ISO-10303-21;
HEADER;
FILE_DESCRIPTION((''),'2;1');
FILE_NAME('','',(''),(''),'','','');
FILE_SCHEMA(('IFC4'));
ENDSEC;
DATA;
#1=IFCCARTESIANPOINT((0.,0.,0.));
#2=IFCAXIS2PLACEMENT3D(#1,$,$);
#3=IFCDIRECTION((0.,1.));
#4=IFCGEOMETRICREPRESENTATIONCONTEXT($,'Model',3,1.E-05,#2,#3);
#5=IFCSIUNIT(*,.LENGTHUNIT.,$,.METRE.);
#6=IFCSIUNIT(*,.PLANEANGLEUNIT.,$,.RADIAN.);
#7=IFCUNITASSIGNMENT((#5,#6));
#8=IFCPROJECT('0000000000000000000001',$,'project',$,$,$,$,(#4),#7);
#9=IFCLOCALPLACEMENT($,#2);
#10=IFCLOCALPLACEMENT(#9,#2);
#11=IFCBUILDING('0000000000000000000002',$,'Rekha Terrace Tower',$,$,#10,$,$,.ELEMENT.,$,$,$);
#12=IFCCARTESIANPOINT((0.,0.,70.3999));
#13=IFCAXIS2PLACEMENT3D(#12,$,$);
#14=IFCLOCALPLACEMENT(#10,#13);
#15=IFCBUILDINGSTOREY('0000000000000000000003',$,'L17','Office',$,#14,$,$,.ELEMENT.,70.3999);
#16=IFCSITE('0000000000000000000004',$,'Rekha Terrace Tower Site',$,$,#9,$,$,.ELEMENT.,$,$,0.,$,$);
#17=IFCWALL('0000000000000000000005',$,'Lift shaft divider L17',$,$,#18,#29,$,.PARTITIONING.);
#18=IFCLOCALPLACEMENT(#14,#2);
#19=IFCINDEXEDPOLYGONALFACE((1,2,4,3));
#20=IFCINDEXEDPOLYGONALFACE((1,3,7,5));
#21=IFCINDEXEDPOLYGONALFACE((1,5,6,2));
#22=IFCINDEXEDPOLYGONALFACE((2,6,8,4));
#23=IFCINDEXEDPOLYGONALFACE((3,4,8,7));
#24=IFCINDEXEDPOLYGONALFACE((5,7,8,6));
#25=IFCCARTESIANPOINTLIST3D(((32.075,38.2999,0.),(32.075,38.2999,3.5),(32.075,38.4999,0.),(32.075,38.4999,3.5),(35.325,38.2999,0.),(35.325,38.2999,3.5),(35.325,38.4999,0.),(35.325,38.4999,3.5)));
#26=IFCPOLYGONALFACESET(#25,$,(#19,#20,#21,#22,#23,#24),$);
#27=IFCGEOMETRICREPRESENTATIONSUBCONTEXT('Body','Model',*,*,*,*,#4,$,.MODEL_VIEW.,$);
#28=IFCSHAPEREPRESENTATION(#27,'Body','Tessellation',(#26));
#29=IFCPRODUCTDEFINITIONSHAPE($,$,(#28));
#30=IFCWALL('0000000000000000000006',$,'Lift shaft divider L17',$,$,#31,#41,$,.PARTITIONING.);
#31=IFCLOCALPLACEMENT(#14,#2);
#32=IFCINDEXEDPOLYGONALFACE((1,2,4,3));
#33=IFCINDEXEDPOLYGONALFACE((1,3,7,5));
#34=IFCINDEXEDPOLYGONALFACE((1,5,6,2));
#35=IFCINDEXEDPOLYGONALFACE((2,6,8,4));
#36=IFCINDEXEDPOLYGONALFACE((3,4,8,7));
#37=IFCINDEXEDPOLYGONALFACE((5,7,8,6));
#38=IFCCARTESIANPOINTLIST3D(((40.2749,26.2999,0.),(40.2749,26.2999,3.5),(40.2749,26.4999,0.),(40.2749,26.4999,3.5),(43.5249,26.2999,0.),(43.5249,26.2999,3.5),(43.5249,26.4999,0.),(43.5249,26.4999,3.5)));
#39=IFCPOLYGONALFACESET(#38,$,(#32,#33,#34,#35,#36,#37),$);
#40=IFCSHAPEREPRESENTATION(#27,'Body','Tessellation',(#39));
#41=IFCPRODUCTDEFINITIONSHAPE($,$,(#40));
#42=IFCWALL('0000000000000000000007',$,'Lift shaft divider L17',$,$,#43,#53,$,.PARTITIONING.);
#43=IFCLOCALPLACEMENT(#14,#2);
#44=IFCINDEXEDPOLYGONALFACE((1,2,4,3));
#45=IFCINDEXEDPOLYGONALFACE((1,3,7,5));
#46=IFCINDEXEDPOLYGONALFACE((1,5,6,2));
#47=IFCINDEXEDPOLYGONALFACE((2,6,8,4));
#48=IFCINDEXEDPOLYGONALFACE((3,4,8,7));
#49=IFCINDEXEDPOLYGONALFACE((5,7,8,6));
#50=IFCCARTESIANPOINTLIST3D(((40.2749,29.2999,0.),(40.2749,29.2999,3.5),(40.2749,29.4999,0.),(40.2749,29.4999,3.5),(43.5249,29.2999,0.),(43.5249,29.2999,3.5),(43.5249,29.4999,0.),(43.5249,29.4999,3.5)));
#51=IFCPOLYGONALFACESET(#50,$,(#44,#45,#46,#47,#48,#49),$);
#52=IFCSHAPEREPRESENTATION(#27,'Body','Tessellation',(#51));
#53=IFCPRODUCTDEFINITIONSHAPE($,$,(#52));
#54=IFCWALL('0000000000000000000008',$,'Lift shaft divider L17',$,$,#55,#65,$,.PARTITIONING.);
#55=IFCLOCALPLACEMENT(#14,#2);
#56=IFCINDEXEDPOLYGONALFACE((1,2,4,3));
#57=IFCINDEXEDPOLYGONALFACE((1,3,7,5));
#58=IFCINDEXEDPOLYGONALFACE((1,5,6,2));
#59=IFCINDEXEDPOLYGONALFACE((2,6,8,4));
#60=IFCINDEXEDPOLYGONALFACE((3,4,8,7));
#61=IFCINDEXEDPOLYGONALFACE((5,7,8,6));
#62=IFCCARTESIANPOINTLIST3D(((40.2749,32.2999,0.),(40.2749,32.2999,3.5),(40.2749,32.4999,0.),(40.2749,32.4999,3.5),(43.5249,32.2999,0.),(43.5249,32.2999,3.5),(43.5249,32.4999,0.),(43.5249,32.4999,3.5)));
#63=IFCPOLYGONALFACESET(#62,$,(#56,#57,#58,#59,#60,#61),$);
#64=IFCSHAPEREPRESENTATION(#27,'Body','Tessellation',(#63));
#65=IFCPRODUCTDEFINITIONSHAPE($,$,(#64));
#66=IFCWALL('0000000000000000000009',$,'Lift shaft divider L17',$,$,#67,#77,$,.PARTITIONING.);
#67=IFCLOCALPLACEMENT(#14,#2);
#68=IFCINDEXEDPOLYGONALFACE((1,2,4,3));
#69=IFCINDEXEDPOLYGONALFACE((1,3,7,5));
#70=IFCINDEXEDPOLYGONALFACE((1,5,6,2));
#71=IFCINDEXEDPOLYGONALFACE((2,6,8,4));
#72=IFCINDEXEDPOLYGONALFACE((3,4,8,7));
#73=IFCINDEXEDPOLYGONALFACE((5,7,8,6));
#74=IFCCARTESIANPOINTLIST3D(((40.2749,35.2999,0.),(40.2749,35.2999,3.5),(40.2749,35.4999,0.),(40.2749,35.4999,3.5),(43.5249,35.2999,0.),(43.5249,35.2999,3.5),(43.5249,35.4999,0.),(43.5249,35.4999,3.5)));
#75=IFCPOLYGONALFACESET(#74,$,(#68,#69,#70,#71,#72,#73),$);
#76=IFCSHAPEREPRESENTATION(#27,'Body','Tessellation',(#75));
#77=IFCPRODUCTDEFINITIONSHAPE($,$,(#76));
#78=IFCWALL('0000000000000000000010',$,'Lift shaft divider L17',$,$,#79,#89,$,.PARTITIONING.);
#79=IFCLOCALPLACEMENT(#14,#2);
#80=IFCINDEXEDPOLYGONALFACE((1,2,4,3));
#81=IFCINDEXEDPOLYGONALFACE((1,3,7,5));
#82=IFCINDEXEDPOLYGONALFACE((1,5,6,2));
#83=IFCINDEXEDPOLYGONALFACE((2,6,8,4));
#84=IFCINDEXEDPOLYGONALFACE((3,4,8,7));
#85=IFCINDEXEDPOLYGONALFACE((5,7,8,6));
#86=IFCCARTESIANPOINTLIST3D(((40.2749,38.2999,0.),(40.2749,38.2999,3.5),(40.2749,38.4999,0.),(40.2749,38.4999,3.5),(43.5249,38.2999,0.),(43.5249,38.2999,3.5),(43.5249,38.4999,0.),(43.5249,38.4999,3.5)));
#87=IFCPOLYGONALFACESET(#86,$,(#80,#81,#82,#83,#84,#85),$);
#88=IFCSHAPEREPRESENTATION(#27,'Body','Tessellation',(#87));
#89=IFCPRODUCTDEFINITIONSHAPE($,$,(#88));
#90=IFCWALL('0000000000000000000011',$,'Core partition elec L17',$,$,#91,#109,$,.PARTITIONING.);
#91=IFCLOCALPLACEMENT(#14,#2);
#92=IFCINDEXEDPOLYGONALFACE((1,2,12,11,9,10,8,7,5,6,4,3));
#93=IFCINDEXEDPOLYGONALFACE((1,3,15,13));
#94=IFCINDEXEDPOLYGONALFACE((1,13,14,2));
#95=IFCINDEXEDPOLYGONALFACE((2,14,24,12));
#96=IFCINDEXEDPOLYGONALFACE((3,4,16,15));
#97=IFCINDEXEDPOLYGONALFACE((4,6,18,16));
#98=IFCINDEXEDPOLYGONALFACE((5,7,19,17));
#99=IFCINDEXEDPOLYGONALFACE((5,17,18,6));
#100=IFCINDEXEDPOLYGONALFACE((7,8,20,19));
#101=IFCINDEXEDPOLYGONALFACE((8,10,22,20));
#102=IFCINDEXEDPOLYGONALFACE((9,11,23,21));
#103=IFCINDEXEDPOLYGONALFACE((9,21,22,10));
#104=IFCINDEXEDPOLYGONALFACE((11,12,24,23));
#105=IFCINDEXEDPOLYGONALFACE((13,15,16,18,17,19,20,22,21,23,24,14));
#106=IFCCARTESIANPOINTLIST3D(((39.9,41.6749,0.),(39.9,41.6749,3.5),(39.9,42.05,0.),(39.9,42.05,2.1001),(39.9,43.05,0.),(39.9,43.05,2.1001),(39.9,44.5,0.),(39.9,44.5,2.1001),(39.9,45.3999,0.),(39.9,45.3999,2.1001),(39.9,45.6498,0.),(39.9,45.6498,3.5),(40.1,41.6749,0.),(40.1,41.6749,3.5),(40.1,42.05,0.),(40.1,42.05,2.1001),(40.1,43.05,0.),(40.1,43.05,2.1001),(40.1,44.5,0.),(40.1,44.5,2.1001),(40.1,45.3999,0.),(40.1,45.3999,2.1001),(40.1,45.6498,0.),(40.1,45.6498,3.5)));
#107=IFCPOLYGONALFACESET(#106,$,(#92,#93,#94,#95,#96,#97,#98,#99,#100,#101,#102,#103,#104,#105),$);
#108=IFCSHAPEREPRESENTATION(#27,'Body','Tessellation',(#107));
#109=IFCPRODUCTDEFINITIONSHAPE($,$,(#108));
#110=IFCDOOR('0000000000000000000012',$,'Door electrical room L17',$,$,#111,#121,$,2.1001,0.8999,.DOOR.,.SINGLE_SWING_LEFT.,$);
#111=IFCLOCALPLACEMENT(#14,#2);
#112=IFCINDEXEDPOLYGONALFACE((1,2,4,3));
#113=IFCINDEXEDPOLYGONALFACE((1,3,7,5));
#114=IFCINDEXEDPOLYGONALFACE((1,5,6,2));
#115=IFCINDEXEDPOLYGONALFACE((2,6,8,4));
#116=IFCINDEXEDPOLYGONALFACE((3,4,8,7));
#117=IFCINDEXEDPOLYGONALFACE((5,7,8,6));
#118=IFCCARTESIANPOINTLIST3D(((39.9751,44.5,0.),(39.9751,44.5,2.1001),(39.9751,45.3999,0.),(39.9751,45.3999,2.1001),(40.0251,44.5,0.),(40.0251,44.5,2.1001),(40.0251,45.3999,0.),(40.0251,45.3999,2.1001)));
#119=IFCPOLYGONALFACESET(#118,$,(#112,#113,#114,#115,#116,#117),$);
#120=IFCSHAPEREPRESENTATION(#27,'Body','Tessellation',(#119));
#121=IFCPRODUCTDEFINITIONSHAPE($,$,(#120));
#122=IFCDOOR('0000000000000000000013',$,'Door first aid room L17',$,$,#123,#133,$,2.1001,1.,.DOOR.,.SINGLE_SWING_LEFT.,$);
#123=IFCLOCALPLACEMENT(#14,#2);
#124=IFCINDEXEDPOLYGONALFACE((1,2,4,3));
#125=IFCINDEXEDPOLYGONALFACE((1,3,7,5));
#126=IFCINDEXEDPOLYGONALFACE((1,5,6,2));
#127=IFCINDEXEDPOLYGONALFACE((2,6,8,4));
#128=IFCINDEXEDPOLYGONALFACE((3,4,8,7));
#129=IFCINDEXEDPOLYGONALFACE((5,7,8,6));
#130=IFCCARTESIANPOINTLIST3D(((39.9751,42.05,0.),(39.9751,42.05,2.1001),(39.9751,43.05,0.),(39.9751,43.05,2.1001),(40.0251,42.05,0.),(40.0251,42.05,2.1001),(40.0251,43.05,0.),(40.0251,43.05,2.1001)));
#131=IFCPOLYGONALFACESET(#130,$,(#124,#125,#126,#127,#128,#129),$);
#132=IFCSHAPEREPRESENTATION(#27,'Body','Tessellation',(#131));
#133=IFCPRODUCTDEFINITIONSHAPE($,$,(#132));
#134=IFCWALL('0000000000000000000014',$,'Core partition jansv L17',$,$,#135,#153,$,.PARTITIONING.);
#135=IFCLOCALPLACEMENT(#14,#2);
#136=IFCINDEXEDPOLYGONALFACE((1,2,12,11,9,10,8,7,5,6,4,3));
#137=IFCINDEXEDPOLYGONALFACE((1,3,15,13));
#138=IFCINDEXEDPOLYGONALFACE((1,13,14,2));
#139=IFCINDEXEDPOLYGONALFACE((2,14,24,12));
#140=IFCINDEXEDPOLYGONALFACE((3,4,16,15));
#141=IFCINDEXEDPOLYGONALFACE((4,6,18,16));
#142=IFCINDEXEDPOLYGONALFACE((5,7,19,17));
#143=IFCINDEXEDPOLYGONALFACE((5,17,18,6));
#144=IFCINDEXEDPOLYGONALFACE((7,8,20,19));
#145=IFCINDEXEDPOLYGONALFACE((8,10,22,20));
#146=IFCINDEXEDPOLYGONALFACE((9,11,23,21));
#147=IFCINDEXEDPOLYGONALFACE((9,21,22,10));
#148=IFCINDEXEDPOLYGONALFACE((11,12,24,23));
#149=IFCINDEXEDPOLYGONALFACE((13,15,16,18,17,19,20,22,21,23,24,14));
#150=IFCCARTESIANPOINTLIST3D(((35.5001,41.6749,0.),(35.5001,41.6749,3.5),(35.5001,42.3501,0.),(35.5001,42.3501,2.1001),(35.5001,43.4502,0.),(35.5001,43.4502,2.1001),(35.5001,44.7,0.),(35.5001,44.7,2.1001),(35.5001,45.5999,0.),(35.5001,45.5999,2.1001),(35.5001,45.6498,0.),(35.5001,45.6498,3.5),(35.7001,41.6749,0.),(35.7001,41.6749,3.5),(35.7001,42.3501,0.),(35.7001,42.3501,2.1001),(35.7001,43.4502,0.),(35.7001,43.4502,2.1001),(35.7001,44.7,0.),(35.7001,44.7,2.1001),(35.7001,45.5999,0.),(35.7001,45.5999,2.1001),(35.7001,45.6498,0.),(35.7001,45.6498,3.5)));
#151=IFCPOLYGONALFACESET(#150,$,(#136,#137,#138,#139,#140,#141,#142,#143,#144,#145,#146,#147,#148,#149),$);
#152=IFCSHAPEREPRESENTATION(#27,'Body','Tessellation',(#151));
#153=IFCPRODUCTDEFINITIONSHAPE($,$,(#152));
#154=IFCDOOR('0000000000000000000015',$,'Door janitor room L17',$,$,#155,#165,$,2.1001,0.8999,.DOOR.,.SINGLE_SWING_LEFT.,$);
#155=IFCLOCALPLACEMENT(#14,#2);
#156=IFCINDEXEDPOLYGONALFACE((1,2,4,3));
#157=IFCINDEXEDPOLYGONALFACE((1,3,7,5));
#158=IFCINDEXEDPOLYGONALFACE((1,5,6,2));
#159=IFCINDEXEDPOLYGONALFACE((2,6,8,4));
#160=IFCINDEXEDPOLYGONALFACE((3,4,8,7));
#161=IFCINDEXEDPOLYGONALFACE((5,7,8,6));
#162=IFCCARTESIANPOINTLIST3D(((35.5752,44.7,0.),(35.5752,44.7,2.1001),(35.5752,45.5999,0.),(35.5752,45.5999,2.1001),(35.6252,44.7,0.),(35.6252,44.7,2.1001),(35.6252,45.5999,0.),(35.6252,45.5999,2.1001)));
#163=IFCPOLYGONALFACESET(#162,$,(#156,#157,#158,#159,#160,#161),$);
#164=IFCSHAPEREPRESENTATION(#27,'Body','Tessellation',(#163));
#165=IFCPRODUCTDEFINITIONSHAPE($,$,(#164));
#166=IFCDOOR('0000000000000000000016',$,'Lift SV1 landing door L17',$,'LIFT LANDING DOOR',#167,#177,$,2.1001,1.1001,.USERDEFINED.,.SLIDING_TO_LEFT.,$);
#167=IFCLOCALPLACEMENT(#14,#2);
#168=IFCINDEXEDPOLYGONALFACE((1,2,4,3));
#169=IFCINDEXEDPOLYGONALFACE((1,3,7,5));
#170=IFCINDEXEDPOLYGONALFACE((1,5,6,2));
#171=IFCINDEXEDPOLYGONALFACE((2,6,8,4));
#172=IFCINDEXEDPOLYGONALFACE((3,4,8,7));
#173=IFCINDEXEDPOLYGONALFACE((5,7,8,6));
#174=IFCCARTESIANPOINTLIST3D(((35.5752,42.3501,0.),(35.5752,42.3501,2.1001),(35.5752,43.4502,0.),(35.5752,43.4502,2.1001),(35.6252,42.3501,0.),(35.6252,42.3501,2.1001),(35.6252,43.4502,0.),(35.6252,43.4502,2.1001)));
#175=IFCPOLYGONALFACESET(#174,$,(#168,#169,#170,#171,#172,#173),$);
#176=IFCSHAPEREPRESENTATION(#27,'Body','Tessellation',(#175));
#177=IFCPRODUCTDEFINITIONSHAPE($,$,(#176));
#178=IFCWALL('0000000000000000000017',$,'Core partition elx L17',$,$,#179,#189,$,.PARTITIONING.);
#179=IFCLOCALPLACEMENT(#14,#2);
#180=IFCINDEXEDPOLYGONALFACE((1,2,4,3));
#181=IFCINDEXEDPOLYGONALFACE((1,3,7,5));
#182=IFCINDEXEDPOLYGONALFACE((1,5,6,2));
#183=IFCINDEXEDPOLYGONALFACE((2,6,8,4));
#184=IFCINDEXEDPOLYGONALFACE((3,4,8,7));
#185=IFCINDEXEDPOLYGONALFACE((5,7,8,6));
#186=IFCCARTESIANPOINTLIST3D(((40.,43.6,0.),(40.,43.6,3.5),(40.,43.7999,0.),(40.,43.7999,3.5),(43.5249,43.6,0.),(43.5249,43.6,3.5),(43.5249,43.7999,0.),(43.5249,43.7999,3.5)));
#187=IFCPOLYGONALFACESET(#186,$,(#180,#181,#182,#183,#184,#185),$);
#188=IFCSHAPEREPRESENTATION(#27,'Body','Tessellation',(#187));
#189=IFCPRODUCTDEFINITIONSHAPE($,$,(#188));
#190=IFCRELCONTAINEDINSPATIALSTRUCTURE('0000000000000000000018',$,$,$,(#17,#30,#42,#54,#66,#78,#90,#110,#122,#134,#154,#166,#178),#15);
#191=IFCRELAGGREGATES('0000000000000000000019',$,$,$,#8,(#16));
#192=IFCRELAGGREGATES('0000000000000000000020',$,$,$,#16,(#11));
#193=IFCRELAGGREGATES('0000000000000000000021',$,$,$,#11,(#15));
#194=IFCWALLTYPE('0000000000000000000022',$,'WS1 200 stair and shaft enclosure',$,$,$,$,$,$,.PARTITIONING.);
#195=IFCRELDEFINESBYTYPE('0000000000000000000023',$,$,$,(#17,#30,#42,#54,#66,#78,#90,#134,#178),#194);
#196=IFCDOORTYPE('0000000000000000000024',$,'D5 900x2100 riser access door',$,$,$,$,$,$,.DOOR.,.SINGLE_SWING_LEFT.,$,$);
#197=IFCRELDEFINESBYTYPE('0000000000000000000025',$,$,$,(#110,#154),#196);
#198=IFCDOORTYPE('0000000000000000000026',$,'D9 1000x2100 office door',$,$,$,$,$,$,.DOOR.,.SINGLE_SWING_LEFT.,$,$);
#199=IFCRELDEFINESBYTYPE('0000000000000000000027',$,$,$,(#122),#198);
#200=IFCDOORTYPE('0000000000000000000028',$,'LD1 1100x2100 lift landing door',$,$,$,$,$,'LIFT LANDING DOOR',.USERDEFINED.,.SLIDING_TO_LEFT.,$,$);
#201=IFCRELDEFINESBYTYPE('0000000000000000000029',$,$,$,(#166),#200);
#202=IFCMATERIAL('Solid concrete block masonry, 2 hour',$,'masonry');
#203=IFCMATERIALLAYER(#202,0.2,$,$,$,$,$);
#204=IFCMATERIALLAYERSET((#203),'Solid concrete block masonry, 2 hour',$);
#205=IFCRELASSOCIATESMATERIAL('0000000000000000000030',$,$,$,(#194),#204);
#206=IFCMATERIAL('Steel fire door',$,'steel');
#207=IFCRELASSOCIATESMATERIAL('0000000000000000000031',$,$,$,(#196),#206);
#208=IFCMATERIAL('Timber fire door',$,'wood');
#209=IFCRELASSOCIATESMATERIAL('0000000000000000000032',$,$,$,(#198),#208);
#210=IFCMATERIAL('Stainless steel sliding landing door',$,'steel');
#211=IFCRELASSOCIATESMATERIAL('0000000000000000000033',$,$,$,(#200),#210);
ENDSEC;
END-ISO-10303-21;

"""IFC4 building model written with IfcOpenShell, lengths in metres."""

from ifc_helpers import new_model, si_unit, direction, frame, frame_2d, origin, place, context, subcontext, project, spatial, rectangle, extrude, material, layer, layer_set, type_object, element, fill, save


model = new_model("IFC4")

# Units and contexts
model_context = context("Model", 3, precision=1e-05, world=origin(), true_north=direction((0.0, 1.0)))
body_context = subcontext(model_context, "Body", "Model", "MODEL_VIEW")
ifc_project = project(units=[si_unit("LENGTHUNIT", "METRE"), si_unit("PLANEANGLEUNIT", "RADIAN")], contexts=[model_context])

# Site, building, storey
site_placement = place(None, origin())
site = spatial("IfcSite", under=ifc_project, at=site_placement, Name="Rekha Terrace Tower Site", CompositionType="ELEMENT", RefElevation=0.0)
building_placement = place(site_placement, origin())
building = spatial("IfcBuilding", under=site, at=building_placement, Name="Rekha Terrace Tower", CompositionType="ELEMENT")
storey_placement = place(building_placement, frame((0.0, 0.0, 70.3999)))
storey = spatial("IfcBuildingStorey", under=building, at=storey_placement, Name="L17", Description="Office", CompositionType="ELEMENT", Elevation=70.3999)

# Shared definitions
ifc_material_1 = material(Name="Stainless steel sliding landing door", Category="steel")
ifc_material_2 = material(Name="Steel fire door", Category="steel")

# Walls
ifc_material_3 = material(Name="Solid concrete block masonry, 2 hour", Category="masonry")
ifc_layer_1 = layer(ifc_material_3, 0.2)
ifc_layer_set_1 = layer_set([ifc_layer_1], Name="Solid concrete block masonry, 2 hour")
wall_type_1 = type_object("IfcWallType", Name="WS1 200 stair and shaft enclosure", PredefinedType="PARTITIONING", material=ifc_layer_set_1)
for number, where, z_axis, x_axis, name in (
    (1, (32.075, 38.3999, 0.0), (0.0, 0.0, 1.0), (1.0, 0.0, 0.0), "Lift shaft divider L17"),
    (2, (40.2749, 26.3999, 0.0), (0.0, 0.0, 1.0), (1.0, 0.0, 0.0), "Lift shaft divider L17"),
    (3, (40.2749, 29.3999, 0.0), (0.0, 0.0, 1.0), (1.0, 0.0, 0.0), "Lift shaft divider L17"),
    (4, (40.2749, 32.3999, 0.0), (0.0, 0.0, 1.0), (1.0, 0.0, 0.0), "Lift shaft divider L17"),
    (5, (40.2749, 35.3999, 0.0), (0.0, 0.0, 1.0), (1.0, 0.0, 0.0), "Lift shaft divider L17"),
    (6, (40.2749, 38.3999, 0.0), (0.0, 0.0, 1.0), (1.0, 0.0, 0.0), "Lift shaft divider L17"),
):
    element("IfcWall", number, at=place(storey_placement, frame(where, z_axis=z_axis, x_axis=x_axis)), inside=storey, type_object=wall_type_1, Name=name, PredefinedType="PARTITIONING", context=body_context, shape_type="SweptSolid", body=[
        extrude(rectangle(XDim=3.25, YDim=0.2, at=frame_2d((1.625, 0.0))), origin(), (0.0, 0.0, 1.0), 3.5),
    ])

# Walls, openings, doors
wall_1_placement = place(storey_placement, frame((40.0, 41.675, 0.0), z_axis=(0.0, 0.0, 1.0), x_axis=(0.0, 1.0, 0.0)))
wall_1 = element("IfcWall", 7, at=wall_1_placement, inside=storey, type_object=wall_type_1, Name="Core partition elec L17", PredefinedType="PARTITIONING", context=body_context, shape_type="SweptSolid", body=[
    extrude(rectangle(XDim=3.9749, YDim=0.2, at=frame_2d((1.9873, 0.0))), origin(), (0.0, 0.0, 1.0), 3.5),
])
opening_1_placement = place(wall_1_placement, frame((2.825, 0.0, 0.0)))
opening_1 = element("IfcOpeningElement", 8, at=opening_1_placement, cuts=wall_1, PredefinedType="OPENING", context=body_context, shape_type="SweptSolid", body=[
    extrude(rectangle(XDim=0.8999, YDim=2.1001, at=frame_2d((0.45, 1.05))), frame((0.0, 0.1099, 0.0), z_axis=(0.0, -1.0, 0.0), x_axis=(1.0, 0.0, 0.0)), (0.0, 0.0, 1.0), 0.22),
])
opening_2_placement = place(wall_1_placement, frame((0.375, 0.0, 0.0)))
opening_2 = element("IfcOpeningElement", 9, at=opening_2_placement, cuts=wall_1, PredefinedType="OPENING", context=body_context, shape_type="SweptSolid", body=[
    extrude(rectangle(XDim=1.0, YDim=2.1001, at=frame_2d((0.5, 1.05))), frame((0.0, 0.1099, 0.0), z_axis=(0.0, -1.0, 0.0), x_axis=(1.0, 0.0, 0.0)), (0.0, 0.0, 1.0), 0.22),
])
door_type_1 = type_object("IfcDoorType", Name="D5 900x2100 riser access door", OperationType="SINGLE_SWING_LEFT", PredefinedType="DOOR", material=ifc_material_2)
door_1_placement = place(opening_1_placement, origin())
door_1 = element("IfcDoor", 10, at=door_1_placement, inside=storey, type_object=door_type_1, Name="Door electrical room L17", OperationType="SINGLE_SWING_LEFT", OverallHeight=2.1001, OverallWidth=0.8999, PredefinedType="DOOR", context=body_context, shape_type="SweptSolid", body=[
    extrude(rectangle(XDim=0.8999, YDim=2.1001, at=frame_2d((0.45, 1.05))), frame((0.0, 0.0249, 0.0), z_axis=(0.0, -1.0, 0.0), x_axis=(1.0, 0.0, 0.0)), (0.0, 0.0, 1.0), 0.05),
])
fill(opening_1, door_1)
ifc_material_4 = material(Name="Timber fire door", Category="wood")
door_type_2 = type_object("IfcDoorType", Name="D9 1000x2100 office door", OperationType="SINGLE_SWING_LEFT", PredefinedType="DOOR", material=ifc_material_4)
door_2_placement = place(opening_2_placement, origin())
door_2 = element("IfcDoor", 11, at=door_2_placement, inside=storey, type_object=door_type_2, Name="Door first aid room L17", OperationType="SINGLE_SWING_LEFT", OverallHeight=2.1001, OverallWidth=1.0, PredefinedType="DOOR", context=body_context, shape_type="SweptSolid", body=[
    extrude(rectangle(XDim=1.0, YDim=2.1001, at=frame_2d((0.5, 1.05))), frame((0.0, 0.0249, 0.0), z_axis=(0.0, -1.0, 0.0), x_axis=(1.0, 0.0, 0.0)), (0.0, 0.0, 1.0), 0.05),
])
fill(opening_2, door_2)
wall_2_placement = place(storey_placement, frame((35.6001, 41.675, 0.0), z_axis=(0.0, 0.0, 1.0), x_axis=(0.0, 1.0, 0.0)))
wall_2 = element("IfcWall", 12, at=wall_2_placement, inside=storey, type_object=wall_type_1, Name="Core partition jansv L17", PredefinedType="PARTITIONING", context=body_context, shape_type="SweptSolid", body=[
    extrude(rectangle(XDim=3.9749, YDim=0.2, at=frame_2d((1.9873, 0.0))), origin(), (0.0, 0.0, 1.0), 3.5),
])
opening_3_placement = place(wall_2_placement, frame((3.0249, 0.0, 0.0)))
opening_3 = element("IfcOpeningElement", 13, at=opening_3_placement, cuts=wall_2, PredefinedType="OPENING", context=body_context, shape_type="SweptSolid", body=[
    extrude(rectangle(XDim=0.8999, YDim=2.1001, at=frame_2d((0.45, 1.05))), frame((0.0, 0.1099, 0.0), z_axis=(0.0, -1.0, 0.0), x_axis=(1.0, 0.0, 0.0)), (0.0, 0.0, 1.0), 0.22),
])
opening_4_placement = place(wall_2_placement, frame((0.675, 0.0, 0.0)))
opening_4 = element("IfcOpeningElement", 14, at=opening_4_placement, cuts=wall_2, PredefinedType="OPENING", context=body_context, shape_type="SweptSolid", body=[
    extrude(rectangle(XDim=1.1001, YDim=2.1001, at=frame_2d((0.55, 1.05))), frame((0.0, 0.1099, 0.0), z_axis=(0.0, -1.0, 0.0), x_axis=(1.0, 0.0, 0.0)), (0.0, 0.0, 1.0), 0.22),
])
door_3_placement = place(opening_3_placement, origin())
door_3 = element("IfcDoor", 15, at=door_3_placement, inside=storey, type_object=door_type_1, Name="Door janitor room L17", OperationType="SINGLE_SWING_LEFT", OverallHeight=2.1001, OverallWidth=0.8999, PredefinedType="DOOR", context=body_context, shape_type="SweptSolid", body=[
    extrude(rectangle(XDim=0.8999, YDim=2.1001, at=frame_2d((0.45, 1.05))), frame((0.0, 0.0249, 0.0), z_axis=(0.0, -1.0, 0.0), x_axis=(1.0, 0.0, 0.0)), (0.0, 0.0, 1.0), 0.05),
])
fill(opening_3, door_3)
door_type_3 = type_object("IfcDoorType", Name="LD1 1100x2100 lift landing door", ElementType="LIFT LANDING DOOR", OperationType="SLIDING_TO_LEFT", PredefinedType="USERDEFINED", material=ifc_material_1)
door_4_placement = place(opening_4_placement, origin())
door_4 = element("IfcDoor", 16, at=door_4_placement, inside=storey, type_object=door_type_3, Name="Lift SV1 landing door L17", ObjectType="LIFT LANDING DOOR", OperationType="SLIDING_TO_LEFT", OverallHeight=2.1001, OverallWidth=1.1001, PredefinedType="USERDEFINED", context=body_context, shape_type="SweptSolid", body=[
    extrude(rectangle(XDim=1.1001, YDim=2.1001, at=frame_2d((0.55, 1.05))), frame((0.0, 0.0249, 0.0), z_axis=(0.0, -1.0, 0.0), x_axis=(1.0, 0.0, 0.0)), (0.0, 0.0, 1.0), 0.05),
])
fill(opening_4, door_4)

# Wall
wall_3_placement = place(storey_placement, frame((40.0, 43.7, 0.0), z_axis=(0.0, 0.0, 1.0), x_axis=(1.0, 0.0, 0.0)))
element("IfcWall", 17, at=wall_3_placement, inside=storey, type_object=wall_type_1, Name="Core partition elx L17", PredefinedType="PARTITIONING", context=body_context, shape_type="SweptSolid", body=[
    extrude(rectangle(XDim=3.5249, YDim=0.2, at=frame_2d((1.7625, 0.0))), origin(), (0.0, 0.0, 1.0), 3.5),
])

save(model, "model.ifc")
